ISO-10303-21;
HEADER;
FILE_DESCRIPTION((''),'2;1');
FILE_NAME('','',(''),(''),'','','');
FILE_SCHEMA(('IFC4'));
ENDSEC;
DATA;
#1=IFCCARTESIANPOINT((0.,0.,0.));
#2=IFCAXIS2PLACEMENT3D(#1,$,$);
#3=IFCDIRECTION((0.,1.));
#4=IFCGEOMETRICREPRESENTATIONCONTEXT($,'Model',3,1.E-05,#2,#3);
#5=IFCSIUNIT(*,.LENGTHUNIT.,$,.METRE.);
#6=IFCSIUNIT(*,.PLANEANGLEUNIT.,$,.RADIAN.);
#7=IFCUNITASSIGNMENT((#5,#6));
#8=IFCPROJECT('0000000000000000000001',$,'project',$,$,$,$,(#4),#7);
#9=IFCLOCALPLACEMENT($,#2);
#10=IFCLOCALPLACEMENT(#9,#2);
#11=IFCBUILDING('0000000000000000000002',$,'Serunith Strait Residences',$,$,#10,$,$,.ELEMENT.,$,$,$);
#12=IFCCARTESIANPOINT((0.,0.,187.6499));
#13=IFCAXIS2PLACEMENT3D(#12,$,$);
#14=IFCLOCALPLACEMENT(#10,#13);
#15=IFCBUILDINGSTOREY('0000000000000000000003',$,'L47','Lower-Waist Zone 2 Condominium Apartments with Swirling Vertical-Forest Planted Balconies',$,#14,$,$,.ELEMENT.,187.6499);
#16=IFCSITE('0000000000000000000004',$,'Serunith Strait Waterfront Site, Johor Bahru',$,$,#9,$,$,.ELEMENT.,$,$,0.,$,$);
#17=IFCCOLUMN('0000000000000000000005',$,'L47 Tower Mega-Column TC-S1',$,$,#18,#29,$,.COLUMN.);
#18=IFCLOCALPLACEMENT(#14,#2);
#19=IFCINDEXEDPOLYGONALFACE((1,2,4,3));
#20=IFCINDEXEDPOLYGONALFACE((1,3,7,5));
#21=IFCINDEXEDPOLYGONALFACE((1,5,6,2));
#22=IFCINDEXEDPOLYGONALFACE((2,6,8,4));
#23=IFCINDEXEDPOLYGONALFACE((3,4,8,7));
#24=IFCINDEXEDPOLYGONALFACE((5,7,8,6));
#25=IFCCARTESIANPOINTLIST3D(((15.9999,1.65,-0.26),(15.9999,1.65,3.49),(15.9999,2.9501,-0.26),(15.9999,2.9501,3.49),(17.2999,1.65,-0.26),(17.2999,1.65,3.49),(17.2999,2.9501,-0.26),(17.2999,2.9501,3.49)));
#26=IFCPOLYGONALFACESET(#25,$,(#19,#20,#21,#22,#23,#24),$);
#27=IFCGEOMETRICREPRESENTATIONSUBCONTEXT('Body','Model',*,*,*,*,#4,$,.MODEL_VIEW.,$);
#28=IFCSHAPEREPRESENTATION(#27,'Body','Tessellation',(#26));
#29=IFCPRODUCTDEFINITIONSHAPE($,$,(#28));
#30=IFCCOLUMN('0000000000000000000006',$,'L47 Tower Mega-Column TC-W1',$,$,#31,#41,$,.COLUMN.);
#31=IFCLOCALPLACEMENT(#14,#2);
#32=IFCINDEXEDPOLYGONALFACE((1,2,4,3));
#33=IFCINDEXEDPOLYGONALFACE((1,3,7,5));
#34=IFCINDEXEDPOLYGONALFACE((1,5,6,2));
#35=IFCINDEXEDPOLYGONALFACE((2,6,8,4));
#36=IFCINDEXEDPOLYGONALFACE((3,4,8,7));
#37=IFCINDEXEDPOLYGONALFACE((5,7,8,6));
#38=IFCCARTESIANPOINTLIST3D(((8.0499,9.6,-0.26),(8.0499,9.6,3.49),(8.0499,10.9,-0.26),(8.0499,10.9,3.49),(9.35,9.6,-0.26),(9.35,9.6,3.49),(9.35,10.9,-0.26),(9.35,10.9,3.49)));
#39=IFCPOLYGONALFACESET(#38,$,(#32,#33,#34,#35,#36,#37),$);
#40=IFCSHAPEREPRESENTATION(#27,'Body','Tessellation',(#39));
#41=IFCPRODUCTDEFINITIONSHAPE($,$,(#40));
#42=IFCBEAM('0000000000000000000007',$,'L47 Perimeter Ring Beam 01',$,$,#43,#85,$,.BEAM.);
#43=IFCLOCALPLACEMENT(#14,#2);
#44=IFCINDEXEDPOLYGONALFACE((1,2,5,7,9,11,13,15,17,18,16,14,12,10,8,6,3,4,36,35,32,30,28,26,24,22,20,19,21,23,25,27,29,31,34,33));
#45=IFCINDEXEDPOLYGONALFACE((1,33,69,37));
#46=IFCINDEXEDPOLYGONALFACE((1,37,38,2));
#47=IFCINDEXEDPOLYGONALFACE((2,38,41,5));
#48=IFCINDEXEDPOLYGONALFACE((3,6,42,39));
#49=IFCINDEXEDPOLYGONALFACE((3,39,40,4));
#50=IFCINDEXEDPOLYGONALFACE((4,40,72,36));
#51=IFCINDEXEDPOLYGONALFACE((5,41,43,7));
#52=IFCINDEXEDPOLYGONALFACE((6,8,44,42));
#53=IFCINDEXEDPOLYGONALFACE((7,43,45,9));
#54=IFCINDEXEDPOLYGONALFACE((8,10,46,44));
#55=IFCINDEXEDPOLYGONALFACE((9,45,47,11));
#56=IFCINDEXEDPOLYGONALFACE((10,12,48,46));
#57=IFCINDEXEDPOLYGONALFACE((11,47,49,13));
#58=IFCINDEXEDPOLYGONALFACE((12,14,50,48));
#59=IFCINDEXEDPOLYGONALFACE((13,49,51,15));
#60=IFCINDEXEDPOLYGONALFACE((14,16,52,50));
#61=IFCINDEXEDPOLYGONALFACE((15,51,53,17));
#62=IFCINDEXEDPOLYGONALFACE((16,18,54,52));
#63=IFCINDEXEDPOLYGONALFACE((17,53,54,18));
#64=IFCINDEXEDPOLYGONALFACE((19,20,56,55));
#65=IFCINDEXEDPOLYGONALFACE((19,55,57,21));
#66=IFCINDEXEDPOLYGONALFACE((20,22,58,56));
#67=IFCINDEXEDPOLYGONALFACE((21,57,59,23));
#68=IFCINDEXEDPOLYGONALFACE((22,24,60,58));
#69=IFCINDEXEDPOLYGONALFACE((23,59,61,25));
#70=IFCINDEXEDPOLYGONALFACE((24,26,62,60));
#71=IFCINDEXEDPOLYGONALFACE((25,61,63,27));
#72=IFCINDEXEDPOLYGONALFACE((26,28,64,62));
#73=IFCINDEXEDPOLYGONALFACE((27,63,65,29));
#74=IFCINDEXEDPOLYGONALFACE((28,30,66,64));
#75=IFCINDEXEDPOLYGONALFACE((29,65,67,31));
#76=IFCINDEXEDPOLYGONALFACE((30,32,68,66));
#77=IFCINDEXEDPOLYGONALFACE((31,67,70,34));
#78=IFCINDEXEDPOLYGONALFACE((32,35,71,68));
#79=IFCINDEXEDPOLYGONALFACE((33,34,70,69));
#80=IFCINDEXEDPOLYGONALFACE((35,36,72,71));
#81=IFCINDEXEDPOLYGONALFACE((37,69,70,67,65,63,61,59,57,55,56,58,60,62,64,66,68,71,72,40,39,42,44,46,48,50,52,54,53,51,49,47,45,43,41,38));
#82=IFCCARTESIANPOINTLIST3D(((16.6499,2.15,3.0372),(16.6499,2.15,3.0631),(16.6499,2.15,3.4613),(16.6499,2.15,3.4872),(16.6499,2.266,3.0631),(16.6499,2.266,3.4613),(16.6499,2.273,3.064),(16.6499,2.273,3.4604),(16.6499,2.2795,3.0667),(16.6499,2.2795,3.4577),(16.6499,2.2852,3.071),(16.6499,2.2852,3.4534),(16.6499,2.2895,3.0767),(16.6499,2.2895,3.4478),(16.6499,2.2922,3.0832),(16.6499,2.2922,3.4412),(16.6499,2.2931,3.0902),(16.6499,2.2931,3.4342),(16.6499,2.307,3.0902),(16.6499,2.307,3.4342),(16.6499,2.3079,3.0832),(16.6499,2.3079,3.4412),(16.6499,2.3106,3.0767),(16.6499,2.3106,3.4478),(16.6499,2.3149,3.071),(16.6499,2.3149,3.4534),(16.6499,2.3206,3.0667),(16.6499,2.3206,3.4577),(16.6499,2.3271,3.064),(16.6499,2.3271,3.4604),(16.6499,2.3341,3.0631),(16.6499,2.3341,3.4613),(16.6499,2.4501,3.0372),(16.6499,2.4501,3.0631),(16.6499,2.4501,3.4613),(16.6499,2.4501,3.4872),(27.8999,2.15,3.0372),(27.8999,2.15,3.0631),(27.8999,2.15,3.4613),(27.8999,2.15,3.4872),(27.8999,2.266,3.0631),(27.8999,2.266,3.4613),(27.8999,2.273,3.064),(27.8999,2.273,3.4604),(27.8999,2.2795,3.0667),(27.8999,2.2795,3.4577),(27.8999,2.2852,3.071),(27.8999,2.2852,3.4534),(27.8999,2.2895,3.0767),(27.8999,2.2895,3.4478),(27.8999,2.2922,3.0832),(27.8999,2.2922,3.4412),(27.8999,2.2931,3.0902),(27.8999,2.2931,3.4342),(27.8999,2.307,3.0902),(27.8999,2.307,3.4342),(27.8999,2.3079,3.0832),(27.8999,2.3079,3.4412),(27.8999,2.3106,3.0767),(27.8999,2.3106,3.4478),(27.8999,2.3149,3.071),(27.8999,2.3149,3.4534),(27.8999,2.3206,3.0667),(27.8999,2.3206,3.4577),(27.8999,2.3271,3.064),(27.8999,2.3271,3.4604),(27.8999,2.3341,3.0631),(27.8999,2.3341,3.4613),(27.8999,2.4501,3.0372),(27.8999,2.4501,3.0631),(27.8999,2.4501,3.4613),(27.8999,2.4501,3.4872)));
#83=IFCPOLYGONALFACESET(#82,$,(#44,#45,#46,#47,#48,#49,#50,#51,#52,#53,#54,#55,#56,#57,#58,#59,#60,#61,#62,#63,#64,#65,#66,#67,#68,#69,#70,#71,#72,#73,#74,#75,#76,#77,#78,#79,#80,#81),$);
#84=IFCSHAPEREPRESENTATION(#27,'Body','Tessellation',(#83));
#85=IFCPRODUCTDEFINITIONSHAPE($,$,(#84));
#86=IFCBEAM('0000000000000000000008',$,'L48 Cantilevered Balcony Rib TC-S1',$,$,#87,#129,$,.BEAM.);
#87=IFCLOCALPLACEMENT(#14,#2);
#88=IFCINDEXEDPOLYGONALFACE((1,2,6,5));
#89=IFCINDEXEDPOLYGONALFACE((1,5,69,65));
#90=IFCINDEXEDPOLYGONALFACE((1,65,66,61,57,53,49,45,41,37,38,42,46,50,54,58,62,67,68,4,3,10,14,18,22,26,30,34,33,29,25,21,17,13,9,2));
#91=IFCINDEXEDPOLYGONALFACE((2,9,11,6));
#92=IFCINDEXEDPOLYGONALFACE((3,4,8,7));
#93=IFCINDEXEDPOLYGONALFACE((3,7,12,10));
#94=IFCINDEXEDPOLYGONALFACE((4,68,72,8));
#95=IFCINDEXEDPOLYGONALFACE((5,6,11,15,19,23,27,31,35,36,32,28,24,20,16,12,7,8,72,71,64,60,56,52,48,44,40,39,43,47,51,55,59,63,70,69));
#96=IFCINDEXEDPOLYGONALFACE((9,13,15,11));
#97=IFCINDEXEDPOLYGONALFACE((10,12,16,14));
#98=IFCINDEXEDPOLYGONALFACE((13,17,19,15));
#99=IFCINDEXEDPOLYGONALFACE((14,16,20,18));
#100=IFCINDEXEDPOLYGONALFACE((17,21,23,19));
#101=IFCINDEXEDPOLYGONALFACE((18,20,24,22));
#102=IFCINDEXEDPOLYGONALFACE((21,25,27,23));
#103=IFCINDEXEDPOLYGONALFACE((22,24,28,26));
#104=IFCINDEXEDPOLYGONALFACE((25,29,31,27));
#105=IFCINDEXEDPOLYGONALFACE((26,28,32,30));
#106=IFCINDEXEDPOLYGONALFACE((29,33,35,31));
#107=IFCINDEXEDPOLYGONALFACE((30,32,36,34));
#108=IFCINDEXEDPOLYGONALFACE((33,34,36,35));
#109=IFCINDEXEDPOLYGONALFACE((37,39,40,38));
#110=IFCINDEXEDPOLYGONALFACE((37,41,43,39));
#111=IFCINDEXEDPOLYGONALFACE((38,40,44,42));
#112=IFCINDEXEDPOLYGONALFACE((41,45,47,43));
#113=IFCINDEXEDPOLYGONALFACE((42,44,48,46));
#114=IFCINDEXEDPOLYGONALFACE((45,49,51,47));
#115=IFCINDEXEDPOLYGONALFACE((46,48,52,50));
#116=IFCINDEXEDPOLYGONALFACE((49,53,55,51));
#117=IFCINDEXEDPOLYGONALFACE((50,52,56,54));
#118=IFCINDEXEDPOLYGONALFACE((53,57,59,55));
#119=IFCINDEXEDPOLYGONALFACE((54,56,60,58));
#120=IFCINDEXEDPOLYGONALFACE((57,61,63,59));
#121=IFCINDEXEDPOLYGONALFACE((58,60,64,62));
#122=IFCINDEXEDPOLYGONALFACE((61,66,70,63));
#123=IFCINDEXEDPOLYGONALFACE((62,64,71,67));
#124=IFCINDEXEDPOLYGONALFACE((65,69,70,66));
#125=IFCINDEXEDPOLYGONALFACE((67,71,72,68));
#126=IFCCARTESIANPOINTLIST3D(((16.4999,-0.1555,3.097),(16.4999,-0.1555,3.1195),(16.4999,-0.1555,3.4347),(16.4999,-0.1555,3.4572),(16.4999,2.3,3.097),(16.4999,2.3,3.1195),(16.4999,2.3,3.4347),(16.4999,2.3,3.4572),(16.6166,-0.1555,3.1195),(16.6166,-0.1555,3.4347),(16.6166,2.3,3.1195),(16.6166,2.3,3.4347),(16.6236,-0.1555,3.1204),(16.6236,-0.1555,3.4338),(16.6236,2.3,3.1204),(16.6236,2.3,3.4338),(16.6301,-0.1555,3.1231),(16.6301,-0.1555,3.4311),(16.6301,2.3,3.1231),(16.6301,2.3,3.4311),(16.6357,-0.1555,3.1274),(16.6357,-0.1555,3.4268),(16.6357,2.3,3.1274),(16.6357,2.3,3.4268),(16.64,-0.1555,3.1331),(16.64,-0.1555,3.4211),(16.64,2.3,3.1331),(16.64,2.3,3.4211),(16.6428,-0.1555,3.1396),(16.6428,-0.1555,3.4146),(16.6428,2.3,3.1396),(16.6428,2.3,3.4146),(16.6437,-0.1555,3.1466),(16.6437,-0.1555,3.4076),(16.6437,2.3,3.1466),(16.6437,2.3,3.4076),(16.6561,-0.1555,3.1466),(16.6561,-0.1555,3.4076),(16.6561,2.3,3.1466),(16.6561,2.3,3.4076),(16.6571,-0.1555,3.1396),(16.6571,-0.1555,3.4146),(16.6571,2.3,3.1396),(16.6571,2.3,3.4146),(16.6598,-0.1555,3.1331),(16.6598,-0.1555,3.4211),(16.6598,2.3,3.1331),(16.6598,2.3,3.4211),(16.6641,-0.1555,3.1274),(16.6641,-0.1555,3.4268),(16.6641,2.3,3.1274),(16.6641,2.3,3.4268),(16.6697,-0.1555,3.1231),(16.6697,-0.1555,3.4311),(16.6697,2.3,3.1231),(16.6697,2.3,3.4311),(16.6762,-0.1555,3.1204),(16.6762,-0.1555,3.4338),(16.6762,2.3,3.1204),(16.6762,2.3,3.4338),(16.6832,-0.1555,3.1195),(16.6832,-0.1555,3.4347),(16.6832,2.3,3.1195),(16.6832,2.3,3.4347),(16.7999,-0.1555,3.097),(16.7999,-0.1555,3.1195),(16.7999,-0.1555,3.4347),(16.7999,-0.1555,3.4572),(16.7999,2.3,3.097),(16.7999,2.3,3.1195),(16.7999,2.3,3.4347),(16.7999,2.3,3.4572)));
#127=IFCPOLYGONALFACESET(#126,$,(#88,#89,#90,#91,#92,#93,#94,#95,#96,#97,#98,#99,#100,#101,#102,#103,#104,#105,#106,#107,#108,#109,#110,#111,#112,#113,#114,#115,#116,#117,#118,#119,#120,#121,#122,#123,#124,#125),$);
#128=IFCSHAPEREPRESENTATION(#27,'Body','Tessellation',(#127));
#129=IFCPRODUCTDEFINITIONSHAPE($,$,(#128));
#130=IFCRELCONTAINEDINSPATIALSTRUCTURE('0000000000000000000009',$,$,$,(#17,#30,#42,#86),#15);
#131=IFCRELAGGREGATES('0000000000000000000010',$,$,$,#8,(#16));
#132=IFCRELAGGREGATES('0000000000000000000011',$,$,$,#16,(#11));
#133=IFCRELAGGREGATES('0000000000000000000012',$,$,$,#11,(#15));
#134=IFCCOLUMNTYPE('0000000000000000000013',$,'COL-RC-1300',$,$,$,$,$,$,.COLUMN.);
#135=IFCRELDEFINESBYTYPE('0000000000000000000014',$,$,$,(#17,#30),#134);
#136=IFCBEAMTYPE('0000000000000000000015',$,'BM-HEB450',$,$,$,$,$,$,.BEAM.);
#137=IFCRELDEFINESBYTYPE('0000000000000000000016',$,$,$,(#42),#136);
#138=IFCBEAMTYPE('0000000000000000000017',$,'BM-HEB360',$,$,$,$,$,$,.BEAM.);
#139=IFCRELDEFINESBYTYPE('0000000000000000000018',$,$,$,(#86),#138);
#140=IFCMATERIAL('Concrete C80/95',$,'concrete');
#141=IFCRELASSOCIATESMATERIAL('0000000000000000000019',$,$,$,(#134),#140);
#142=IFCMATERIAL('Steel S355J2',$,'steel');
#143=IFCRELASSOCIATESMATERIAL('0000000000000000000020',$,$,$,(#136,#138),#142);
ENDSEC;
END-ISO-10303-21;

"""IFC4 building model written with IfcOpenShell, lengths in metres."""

from ifc_helpers import new_model, si_unit, direction, frame, origin, origin_2d, place, context, subcontext, project, spatial, rectangle, i_section, extrude, source, transform, mapped, material, material_profile, profile_set, type_object, element, save


model = new_model("IFC4")

# Units and contexts
model_context = context("Model", 3, precision=1e-05, world=origin(), true_north=direction((0.0, 1.0)))
body_context = subcontext(model_context, "Body", "Model", "MODEL_VIEW")
ifc_project = project(units=[si_unit("LENGTHUNIT", "METRE"), si_unit("PLANEANGLEUNIT", "RADIAN")], contexts=[model_context])

# Site, building, storey
site_placement = place(None, origin())
site = spatial("IfcSite", under=ifc_project, at=site_placement, Name="Serunith Strait Waterfront Site, Johor Bahru", CompositionType="ELEMENT", RefElevation=0.0)
building_placement = place(site_placement, origin())
building = spatial("IfcBuilding", under=site, at=building_placement, Name="Serunith Strait Residences", CompositionType="ELEMENT")
storey_placement = place(building_placement, frame((0.0, 0.0, 187.6499)))
storey = spatial("IfcBuildingStorey", under=building, at=storey_placement, Name="L47", Description="Lower-Waist Zone 2 Condominium Apartments with Swirling Vertical-Forest Planted Balconies", CompositionType="ELEMENT", Elevation=187.6499)

# Columns
ifc_material_1 = material(Name="Concrete C80/95", Category="concrete")
ifc_material_profile_1 = material_profile(ifc_material_1, rectangle(XDim=1.3, YDim=1.3, at=origin_2d()), Name="RC 1300x1300")
ifc_profile_set_1 = profile_set([ifc_material_profile_1], Name="Concrete C80/95")
column_type = type_object("IfcColumnType", Name="COL-RC-1300", PredefinedType="COLUMN", material=ifc_profile_set_1)
shared_shape_1 = source(origin(), body_context, "Body", "SweptSolid", [
    extrude(rectangle(XDim=1.3, YDim=1.3, at=origin_2d()), origin(), (0.0, 0.0, 1.0), 3.75),
])
for number, where, z_axis, x_axis, name in (
    (1, (16.6499, 2.3, -0.26), (0.0, 0.0, 1.0), (1.0, 0.0, 0.0), "L47 Tower Mega-Column TC-S1"),
    (2, (8.7, 10.25, -0.26), (0.0, 0.0, 1.0), (1.0, 0.0, 0.0), "L47 Tower Mega-Column TC-W1"),
):
    element("IfcColumn", number, at=place(storey_placement, frame(where, z_axis=z_axis, x_axis=x_axis)), inside=storey, type_object=column_type, Name=name, PredefinedType="COLUMN", context=body_context, shape_type="MappedRepresentation", body=[
        mapped(shared_shape_1, transform((0.0, 0.0, 0.0), scale=1.0)),
    ])

# Beams
ifc_material_2 = material(Name="Steel S355J2", Category="steel")
ifc_material_profile_2 = material_profile(ifc_material_2, i_section(OverallWidth=0.3, OverallDepth=0.45, WebThickness=0.0139, FlangeThickness=0.0259, FilletRadius=0.0271, at=origin_2d()), Name="HEB 450")
ifc_profile_set_2 = profile_set([ifc_material_profile_2], Name="Steel S355J2")
beam_type_1 = type_object("IfcBeamType", Name="BM-HEB450", PredefinedType="BEAM", material=ifc_profile_set_2)
shared_shape_2 = source(origin(), body_context, "Body", "SweptSolid", [
    extrude(i_section(OverallWidth=0.3, OverallDepth=0.45, WebThickness=0.0139, FlangeThickness=0.0259, FilletRadius=0.0271, at=origin_2d()), origin(), (0.0, 0.0, 1.0), 11.25),
])
beam_1_placement = place(storey_placement, frame((16.6499, 2.3, 3.2622), z_axis=(1.0, 0.0, 0.0), x_axis=(0.0, 1.0, 0.0)))
element("IfcBeam", 3, at=beam_1_placement, inside=storey, type_object=beam_type_1, Name="L47 Perimeter Ring Beam 01", PredefinedType="BEAM", context=body_context, shape_type="MappedRepresentation", body=[
    mapped(shared_shape_2, transform((0.0, 0.0, 0.0), scale=1.0)),
])
ifc_material_profile_3 = material_profile(ifc_material_2, i_section(OverallWidth=0.3, OverallDepth=0.3601, WebThickness=0.0125, FlangeThickness=0.0225, FilletRadius=0.0271, at=origin_2d()), Name="HEB 360")
ifc_profile_set_3 = profile_set([ifc_material_profile_3], Name="Steel S355J2")
beam_type_2 = type_object("IfcBeamType", Name="BM-HEB360", PredefinedType="BEAM", material=ifc_profile_set_3)
shared_shape_3 = source(origin(), body_context, "Body", "SweptSolid", [
    extrude(i_section(OverallWidth=0.3, OverallDepth=0.3601, WebThickness=0.0125, FlangeThickness=0.0225, FilletRadius=0.0271, at=origin_2d()), origin(), (0.0, 0.0, 1.0), 2.4556),
])
beam_2_placement = place(storey_placement, frame((16.6499, 2.3, 3.2771), z_axis=(0.0, -1.0, 0.0), x_axis=(1.0, 0.0, 0.0)))
element("IfcBeam", 4, at=beam_2_placement, inside=storey, type_object=beam_type_2, Name="L48 Cantilevered Balcony Rib TC-S1", PredefinedType="BEAM", context=body_context, shape_type="MappedRepresentation", body=[
    mapped(shared_shape_3, transform((0.0, 0.0, 0.0), scale=1.0)),
])

save(model, "model.ifc")
